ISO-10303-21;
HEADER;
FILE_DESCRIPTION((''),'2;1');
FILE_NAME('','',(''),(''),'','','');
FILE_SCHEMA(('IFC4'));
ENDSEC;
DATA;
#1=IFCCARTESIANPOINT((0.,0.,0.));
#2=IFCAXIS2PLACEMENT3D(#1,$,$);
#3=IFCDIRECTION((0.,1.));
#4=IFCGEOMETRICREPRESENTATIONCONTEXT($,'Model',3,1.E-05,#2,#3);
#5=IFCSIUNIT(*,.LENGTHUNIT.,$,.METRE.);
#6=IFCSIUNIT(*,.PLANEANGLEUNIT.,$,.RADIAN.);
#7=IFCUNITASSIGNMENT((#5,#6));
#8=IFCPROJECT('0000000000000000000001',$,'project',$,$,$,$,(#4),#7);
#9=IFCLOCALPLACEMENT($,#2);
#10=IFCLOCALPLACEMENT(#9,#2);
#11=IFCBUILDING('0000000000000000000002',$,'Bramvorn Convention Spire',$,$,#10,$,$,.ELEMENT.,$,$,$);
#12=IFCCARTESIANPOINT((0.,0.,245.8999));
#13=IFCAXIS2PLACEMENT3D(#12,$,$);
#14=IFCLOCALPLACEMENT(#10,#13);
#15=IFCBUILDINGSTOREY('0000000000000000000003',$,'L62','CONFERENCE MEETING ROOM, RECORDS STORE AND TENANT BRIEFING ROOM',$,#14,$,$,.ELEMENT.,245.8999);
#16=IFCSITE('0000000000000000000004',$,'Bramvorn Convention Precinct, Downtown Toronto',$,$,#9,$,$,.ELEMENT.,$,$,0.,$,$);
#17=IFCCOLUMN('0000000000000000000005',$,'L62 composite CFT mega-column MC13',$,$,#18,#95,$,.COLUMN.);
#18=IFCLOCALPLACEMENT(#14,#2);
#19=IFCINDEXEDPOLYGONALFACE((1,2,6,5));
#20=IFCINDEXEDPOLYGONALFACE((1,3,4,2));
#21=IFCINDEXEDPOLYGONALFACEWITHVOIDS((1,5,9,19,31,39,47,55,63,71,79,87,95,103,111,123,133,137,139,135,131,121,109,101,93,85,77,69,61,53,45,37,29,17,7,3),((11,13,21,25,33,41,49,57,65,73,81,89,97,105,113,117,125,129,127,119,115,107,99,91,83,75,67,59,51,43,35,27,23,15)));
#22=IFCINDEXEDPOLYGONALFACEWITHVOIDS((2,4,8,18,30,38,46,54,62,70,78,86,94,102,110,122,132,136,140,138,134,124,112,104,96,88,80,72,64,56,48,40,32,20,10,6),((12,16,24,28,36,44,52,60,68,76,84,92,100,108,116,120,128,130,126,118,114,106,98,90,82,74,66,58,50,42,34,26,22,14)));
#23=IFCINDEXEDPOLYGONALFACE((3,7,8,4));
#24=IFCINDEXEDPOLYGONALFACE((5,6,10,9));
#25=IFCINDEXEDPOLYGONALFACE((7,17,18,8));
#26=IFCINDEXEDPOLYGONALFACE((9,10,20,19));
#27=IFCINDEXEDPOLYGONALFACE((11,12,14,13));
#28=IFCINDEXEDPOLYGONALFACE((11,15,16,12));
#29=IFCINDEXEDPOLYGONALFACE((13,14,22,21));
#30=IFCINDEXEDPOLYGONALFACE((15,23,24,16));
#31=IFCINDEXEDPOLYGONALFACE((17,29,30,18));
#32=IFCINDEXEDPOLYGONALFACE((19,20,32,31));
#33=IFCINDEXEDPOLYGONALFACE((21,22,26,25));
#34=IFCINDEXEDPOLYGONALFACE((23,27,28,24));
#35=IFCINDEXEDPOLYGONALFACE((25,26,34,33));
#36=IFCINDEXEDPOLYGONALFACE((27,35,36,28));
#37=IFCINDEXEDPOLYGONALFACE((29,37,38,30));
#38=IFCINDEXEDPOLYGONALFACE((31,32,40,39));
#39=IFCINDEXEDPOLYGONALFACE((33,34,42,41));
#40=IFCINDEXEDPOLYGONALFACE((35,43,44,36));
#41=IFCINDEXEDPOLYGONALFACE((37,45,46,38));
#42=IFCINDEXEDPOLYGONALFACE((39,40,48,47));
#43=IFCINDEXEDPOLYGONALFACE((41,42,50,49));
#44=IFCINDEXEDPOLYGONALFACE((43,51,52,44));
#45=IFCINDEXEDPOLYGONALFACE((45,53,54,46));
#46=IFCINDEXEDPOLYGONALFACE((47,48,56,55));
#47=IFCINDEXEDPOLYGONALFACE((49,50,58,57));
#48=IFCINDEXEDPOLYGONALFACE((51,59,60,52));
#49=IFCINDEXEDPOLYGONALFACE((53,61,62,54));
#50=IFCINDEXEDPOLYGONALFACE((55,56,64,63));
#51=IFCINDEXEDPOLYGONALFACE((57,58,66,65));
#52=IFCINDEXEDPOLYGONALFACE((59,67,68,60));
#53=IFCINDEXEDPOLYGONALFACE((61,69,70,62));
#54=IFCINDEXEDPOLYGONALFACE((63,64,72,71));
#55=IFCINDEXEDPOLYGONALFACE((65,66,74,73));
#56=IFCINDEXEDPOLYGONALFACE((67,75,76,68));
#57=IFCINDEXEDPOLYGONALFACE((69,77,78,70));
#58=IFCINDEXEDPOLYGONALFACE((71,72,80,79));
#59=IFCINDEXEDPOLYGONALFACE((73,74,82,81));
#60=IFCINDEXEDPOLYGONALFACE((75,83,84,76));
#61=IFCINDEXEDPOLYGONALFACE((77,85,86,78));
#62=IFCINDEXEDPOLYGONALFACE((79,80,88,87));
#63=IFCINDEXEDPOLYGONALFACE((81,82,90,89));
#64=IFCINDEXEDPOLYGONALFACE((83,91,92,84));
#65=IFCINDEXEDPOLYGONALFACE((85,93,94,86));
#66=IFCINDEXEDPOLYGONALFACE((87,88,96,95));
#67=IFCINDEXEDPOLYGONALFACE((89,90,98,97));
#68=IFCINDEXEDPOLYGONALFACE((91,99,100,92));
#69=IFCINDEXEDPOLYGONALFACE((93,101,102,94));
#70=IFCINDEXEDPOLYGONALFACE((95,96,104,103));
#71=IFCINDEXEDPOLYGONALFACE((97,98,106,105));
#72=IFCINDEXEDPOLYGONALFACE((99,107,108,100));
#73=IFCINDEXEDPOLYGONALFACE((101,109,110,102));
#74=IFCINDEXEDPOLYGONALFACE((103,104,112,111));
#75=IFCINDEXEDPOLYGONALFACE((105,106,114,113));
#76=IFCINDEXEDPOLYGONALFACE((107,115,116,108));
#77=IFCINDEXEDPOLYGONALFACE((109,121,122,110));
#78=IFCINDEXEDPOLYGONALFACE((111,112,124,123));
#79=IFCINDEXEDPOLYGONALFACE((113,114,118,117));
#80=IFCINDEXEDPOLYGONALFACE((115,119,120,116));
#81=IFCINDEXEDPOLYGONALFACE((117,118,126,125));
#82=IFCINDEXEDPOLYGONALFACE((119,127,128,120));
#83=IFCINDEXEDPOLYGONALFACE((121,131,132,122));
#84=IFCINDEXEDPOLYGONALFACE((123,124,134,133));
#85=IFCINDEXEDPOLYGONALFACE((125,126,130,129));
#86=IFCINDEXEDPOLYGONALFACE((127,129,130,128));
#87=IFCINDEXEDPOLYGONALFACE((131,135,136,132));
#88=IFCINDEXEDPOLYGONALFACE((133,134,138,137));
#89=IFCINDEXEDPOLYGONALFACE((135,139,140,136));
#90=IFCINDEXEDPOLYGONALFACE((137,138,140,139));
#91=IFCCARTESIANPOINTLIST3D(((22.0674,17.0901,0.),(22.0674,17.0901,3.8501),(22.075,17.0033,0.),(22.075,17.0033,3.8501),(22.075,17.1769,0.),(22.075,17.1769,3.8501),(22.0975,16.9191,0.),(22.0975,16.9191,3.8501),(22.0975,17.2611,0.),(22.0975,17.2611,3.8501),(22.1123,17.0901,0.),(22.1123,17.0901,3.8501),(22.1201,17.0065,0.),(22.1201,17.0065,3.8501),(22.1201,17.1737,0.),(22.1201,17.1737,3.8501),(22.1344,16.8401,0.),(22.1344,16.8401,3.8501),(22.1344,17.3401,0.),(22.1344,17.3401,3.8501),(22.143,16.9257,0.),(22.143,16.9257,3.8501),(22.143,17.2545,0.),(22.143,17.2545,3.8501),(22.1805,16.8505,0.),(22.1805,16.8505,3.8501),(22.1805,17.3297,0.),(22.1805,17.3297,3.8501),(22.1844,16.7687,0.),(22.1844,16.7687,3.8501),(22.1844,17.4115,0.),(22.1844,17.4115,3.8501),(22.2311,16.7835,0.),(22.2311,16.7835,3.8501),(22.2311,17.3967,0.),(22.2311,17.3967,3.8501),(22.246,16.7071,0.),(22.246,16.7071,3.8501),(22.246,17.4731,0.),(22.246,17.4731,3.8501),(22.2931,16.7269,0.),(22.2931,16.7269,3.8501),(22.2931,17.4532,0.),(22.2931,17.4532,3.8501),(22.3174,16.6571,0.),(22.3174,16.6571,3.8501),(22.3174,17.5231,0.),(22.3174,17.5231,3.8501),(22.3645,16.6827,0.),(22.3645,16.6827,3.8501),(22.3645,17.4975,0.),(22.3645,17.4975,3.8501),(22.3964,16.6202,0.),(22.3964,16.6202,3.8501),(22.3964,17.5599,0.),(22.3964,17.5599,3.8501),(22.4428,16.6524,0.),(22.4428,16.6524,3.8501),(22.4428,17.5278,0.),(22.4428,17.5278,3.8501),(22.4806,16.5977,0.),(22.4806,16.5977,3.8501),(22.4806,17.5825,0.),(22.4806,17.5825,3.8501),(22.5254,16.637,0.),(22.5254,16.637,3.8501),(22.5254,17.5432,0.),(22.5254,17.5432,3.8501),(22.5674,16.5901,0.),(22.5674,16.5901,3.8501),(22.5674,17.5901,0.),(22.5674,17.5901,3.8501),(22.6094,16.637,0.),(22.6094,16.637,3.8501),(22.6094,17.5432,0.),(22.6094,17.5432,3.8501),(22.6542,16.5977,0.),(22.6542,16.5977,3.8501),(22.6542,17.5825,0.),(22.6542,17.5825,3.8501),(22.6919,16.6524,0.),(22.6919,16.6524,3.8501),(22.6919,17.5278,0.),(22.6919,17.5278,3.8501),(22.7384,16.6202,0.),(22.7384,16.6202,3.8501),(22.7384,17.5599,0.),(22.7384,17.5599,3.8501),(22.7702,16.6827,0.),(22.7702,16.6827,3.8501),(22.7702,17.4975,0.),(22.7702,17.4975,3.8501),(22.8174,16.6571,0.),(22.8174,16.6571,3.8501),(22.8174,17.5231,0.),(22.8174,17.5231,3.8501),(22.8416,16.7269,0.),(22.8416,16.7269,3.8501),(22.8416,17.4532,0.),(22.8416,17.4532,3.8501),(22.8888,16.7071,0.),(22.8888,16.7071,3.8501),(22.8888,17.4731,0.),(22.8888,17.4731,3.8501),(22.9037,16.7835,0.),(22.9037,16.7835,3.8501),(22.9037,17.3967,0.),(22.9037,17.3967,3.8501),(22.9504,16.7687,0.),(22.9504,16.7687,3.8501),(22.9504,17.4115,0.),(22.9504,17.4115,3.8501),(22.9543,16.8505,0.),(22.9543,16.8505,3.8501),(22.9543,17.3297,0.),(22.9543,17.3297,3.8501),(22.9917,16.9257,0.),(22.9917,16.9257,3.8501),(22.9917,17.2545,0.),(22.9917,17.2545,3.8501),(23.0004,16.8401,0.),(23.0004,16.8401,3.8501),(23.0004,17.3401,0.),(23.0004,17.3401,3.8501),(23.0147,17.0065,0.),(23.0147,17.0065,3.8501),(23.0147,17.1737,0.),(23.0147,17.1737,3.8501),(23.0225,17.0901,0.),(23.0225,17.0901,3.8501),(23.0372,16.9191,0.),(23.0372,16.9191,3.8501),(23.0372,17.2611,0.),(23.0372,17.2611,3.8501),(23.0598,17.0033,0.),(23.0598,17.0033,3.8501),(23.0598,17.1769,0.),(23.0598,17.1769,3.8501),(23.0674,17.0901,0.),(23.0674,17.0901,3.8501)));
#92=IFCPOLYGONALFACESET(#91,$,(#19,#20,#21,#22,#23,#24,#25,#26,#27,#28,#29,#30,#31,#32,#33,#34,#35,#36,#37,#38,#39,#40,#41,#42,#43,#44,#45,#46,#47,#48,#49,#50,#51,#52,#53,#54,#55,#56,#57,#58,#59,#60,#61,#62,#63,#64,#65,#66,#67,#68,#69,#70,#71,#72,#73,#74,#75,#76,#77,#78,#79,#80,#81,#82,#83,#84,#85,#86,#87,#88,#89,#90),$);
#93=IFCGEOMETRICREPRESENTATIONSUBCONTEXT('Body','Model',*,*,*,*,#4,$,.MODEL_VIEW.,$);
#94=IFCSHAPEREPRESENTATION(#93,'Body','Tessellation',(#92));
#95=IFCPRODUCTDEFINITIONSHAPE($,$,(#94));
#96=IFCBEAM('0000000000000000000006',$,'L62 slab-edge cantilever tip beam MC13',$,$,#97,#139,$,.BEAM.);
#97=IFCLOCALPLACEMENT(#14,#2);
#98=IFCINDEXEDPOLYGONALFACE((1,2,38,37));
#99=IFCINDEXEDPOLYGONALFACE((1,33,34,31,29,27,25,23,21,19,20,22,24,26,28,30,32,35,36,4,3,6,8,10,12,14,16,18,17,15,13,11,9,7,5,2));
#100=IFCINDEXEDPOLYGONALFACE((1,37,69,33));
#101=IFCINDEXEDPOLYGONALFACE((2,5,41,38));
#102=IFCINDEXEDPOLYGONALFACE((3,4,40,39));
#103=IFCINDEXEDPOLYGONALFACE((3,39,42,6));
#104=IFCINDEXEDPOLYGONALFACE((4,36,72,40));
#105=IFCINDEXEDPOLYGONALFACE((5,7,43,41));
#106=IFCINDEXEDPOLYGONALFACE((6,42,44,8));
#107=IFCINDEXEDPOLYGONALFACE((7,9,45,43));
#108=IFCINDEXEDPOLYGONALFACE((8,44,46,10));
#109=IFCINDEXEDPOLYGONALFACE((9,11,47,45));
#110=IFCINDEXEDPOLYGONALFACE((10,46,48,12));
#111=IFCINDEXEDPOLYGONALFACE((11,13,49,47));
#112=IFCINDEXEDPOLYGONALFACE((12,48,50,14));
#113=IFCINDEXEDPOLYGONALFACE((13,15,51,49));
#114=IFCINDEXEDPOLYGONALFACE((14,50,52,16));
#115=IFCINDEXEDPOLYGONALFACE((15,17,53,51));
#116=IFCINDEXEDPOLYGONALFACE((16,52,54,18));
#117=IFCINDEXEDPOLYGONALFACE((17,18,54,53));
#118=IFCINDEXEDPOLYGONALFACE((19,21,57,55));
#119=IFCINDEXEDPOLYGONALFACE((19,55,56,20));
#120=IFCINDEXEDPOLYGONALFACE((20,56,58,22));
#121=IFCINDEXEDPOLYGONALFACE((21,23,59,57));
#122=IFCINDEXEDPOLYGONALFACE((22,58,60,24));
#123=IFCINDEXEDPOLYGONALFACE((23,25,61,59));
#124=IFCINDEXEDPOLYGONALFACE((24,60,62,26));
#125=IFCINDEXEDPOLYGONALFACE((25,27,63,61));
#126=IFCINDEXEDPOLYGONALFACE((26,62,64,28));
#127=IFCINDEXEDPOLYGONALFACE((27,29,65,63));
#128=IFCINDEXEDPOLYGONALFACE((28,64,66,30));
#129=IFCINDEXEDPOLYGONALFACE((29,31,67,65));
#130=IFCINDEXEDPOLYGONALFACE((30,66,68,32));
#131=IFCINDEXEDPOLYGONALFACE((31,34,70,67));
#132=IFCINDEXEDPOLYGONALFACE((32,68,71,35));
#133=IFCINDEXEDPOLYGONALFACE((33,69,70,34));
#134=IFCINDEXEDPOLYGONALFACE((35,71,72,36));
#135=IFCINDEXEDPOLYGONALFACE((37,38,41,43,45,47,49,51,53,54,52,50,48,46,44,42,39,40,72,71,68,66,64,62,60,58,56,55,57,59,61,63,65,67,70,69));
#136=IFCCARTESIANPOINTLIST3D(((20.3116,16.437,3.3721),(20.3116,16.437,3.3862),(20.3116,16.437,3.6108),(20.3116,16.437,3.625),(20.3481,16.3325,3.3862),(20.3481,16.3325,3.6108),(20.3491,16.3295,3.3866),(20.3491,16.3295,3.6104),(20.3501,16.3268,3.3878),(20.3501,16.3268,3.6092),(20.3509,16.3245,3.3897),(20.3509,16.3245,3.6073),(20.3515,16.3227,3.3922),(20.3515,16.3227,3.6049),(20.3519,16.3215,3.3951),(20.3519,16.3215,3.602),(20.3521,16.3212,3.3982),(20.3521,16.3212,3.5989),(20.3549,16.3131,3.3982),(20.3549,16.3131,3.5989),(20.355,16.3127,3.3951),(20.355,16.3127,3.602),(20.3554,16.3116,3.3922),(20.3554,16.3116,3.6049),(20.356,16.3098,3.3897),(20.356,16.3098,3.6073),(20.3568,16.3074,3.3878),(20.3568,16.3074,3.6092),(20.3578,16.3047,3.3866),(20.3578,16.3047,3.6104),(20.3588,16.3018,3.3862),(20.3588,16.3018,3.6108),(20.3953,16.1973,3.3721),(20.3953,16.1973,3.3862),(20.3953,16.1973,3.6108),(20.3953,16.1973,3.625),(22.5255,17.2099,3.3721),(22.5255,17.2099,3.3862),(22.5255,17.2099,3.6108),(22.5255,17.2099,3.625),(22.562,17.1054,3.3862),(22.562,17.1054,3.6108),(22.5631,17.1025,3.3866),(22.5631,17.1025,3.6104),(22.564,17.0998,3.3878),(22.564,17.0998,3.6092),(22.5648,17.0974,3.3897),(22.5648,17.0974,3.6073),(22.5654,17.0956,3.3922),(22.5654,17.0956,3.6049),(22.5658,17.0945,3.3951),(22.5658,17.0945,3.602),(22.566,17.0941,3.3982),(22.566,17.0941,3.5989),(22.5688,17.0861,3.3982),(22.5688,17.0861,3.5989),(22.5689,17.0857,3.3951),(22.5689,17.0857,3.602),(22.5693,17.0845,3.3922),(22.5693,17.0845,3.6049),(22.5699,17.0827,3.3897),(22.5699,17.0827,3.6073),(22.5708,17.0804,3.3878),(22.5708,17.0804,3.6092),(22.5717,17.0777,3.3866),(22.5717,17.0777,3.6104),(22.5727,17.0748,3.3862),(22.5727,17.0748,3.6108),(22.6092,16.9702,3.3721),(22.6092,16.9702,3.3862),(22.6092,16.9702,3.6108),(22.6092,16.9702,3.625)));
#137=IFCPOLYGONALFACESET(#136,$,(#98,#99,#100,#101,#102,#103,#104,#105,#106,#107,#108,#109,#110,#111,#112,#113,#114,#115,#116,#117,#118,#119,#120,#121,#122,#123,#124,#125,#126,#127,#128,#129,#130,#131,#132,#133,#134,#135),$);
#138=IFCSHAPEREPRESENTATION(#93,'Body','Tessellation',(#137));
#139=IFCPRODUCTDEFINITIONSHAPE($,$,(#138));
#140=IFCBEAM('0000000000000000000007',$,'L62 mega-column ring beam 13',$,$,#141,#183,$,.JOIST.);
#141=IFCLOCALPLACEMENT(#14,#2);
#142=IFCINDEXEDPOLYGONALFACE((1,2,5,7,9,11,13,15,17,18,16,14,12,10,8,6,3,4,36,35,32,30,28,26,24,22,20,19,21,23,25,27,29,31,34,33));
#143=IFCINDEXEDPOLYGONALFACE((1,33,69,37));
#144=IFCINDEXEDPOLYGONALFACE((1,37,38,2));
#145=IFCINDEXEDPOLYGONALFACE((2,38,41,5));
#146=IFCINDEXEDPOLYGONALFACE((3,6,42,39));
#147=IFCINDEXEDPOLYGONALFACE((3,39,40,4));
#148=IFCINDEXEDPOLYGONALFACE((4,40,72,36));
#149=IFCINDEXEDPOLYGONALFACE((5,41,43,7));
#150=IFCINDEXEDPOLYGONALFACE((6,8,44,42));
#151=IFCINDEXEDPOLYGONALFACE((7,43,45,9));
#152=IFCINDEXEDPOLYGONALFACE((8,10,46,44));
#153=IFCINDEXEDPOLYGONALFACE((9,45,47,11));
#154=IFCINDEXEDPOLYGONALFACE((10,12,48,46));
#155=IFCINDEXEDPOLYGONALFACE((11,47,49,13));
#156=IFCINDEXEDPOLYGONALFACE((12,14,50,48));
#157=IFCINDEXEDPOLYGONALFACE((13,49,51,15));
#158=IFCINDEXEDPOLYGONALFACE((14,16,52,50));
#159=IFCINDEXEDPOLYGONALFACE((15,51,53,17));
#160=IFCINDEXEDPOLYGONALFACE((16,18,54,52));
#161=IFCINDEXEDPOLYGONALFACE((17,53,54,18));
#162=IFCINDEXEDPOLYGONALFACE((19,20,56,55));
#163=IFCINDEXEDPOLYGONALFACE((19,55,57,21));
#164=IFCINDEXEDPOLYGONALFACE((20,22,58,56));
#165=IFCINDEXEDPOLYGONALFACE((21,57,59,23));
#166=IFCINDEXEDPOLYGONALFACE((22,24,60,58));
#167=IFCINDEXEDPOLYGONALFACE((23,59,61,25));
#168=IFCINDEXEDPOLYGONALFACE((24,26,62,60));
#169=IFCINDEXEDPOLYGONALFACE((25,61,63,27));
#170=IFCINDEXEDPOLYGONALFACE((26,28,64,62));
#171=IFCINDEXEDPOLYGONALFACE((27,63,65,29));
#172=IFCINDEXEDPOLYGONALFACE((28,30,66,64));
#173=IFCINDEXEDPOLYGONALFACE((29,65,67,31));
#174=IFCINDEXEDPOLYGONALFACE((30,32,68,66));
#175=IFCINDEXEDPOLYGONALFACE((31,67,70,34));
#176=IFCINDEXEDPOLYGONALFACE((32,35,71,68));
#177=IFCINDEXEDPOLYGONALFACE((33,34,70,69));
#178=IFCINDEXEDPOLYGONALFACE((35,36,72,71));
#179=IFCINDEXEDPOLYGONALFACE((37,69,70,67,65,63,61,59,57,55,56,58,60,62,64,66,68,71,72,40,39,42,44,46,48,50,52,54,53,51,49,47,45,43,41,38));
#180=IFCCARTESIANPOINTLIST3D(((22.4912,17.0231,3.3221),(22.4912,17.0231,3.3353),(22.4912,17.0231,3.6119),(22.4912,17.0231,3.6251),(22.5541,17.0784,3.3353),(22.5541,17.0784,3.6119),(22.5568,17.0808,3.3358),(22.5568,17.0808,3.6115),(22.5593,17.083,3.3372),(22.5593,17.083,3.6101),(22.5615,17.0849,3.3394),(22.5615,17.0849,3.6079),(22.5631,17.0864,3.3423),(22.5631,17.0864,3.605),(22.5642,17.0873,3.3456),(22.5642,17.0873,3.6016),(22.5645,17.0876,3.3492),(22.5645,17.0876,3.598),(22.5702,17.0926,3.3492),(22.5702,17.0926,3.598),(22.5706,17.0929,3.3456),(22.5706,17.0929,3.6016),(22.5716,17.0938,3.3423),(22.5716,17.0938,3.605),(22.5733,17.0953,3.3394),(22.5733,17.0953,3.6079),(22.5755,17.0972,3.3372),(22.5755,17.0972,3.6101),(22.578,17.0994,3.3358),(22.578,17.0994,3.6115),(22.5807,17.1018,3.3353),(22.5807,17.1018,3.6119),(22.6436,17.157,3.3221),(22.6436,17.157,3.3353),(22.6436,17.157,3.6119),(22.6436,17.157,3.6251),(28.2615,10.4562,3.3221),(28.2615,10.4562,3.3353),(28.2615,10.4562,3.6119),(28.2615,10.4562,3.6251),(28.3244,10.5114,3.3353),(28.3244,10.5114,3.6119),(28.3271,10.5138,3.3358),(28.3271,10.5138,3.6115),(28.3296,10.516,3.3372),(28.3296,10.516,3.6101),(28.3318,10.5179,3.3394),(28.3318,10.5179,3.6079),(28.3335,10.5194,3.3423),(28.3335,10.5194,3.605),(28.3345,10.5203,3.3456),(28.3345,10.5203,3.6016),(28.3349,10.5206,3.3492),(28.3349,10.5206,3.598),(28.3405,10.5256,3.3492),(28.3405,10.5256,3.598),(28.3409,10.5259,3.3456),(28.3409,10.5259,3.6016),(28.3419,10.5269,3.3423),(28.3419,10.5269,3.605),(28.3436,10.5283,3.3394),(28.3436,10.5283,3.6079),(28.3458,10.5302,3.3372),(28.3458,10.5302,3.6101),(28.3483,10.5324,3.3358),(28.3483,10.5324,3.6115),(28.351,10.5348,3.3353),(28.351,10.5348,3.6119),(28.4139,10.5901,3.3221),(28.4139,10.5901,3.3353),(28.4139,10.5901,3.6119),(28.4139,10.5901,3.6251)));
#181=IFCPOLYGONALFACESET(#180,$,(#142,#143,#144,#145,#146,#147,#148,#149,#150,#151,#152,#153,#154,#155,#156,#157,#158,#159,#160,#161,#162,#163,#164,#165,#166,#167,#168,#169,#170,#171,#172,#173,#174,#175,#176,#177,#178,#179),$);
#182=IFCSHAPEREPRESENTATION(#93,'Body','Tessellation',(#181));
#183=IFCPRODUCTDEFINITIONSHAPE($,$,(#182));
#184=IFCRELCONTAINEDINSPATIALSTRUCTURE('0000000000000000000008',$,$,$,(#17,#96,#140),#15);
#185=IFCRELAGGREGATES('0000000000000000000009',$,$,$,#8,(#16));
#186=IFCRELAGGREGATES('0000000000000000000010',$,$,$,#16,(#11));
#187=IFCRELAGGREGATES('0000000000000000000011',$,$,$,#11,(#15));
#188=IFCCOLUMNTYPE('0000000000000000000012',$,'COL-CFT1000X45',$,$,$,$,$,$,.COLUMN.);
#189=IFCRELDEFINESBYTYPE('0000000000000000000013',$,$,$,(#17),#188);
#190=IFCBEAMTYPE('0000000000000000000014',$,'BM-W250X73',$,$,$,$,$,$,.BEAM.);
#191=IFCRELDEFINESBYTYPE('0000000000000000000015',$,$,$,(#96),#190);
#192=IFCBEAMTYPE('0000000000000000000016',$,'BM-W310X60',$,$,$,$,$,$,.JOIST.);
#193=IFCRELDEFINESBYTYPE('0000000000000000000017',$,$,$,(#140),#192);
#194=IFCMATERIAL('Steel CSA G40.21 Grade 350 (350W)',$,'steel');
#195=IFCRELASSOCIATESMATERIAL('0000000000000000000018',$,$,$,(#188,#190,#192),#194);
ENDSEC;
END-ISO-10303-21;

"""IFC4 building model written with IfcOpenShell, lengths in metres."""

from ifc_helpers import new_model, si_unit, direction, frame, origin, origin_2d, place, context, subcontext, project, spatial, hollow_circle, i_section, extrude, material, material_profile, profile_set, type_object, element, save


model = new_model("IFC4")

# Units and contexts
model_context = context("Model", 3, precision=1e-05, world=origin(), true_north=direction((0.0, 1.0)))
body_context = subcontext(model_context, "Body", "Model", "MODEL_VIEW")
ifc_project = project(units=[si_unit("LENGTHUNIT", "METRE"), si_unit("PLANEANGLEUNIT", "RADIAN")], contexts=[model_context])

# Site, building, storey
site_placement = place(None, origin())
site = spatial("IfcSite", under=ifc_project, at=site_placement, Name="Bramvorn Convention Precinct, Downtown Toronto", CompositionType="ELEMENT", RefElevation=0.0)
building_placement = place(site_placement, origin())
building = spatial("IfcBuilding", under=site, at=building_placement, Name="Bramvorn Convention Spire", CompositionType="ELEMENT")
storey_placement = place(building_placement, frame((0.0, 0.0, 245.8999)))
storey = spatial("IfcBuildingStorey", under=building, at=storey_placement, Name="L62", Description="CONFERENCE MEETING ROOM, RECORDS STORE AND TENANT BRIEFING ROOM", CompositionType="ELEMENT", Elevation=245.8999)

# Column
ifc_material_1 = material(Name="Steel CSA G40.21 Grade 350 (350W)", Category="steel")
ifc_material_profile_1 = material_profile(ifc_material_1, hollow_circle(Radius=0.5, WallThickness=0.0449, at=origin_2d()))
ifc_profile_set_1 = profile_set([ifc_material_profile_1], Name="Steel CSA G40.21 Grade 350 (350W) - CFT1000X45")
column_type = type_object("IfcColumnType", Name="COL-CFT1000X45", PredefinedType="COLUMN", material=ifc_profile_set_1)
column_placement = place(storey_placement, frame((22.5674, 17.0901, 0.0), z_axis=(0.0, 0.0, 1.0), x_axis=(1.0, 0.0, 0.0)))
element("IfcColumn", 1, at=column_placement, inside=storey, type_object=column_type, Name="L62 composite CFT mega-column MC13", PredefinedType="COLUMN", context=body_context, shape_type="SweptSolid", body=[
    extrude(hollow_circle(Radius=0.5, WallThickness=0.0449, at=origin_2d()), origin(), (0.0, 0.0, 1.0), 3.8501),
])

# Beams
ifc_material_profile_2 = material_profile(ifc_material_1, i_section(OverallWidth=0.2539, OverallDepth=0.2529, WebThickness=0.0085, FlangeThickness=0.0142, FilletRadius=0.012, at=origin_2d()))
ifc_profile_set_2 = profile_set([ifc_material_profile_2], Name="Steel CSA G40.21 Grade 350 (350W) - W250X73")
beam_type_1 = type_object("IfcBeamType", Name="BM-W250X73", PredefinedType="BEAM", material=ifc_profile_set_2)
beam_1_placement = place(storey_placement, frame((22.5674, 17.0901, 3.4985), z_axis=(-0.944111, -0.329627, 0.0), x_axis=(0.329627, -0.944111, 0.0)))
element("IfcBeam", 2, at=beam_1_placement, inside=storey, type_object=beam_type_1, Name="L62 slab-edge cantilever tip beam MC13", PredefinedType="BEAM", context=body_context, shape_type="SweptSolid", body=[
    extrude(i_section(OverallWidth=0.2539, OverallDepth=0.2529, WebThickness=0.0085, FlangeThickness=0.0142, FilletRadius=0.012, at=origin_2d()), origin(), (0.0, 0.0, 1.0), 2.345),
])
ifc_material_profile_3 = material_profile(ifc_material_1, i_section(OverallWidth=0.2029, OverallDepth=0.303, WebThickness=0.0076, FlangeThickness=0.0132, FilletRadius=0.0139, at=origin_2d()))
ifc_profile_set_3 = profile_set([ifc_material_profile_3], Name="Steel CSA G40.21 Grade 350 (350W) - W310X60")
beam_type_2 = type_object("IfcBeamType", Name="BM-W310X60", PredefinedType="JOIST", material=ifc_profile_set_3)
beam_2_placement = place(storey_placement, frame((22.5674, 17.0901, 3.4736), z_axis=(0.660073, -0.751201, 0.0), x_axis=(0.751201, 0.660073, 0.0)))
element("IfcBeam", 3, at=beam_2_placement, inside=storey, type_object=beam_type_2, Name="L62 mega-column ring beam 13", PredefinedType="JOIST", context=body_context, shape_type="SweptSolid", body=[
    extrude(i_section(OverallWidth=0.2029, OverallDepth=0.303, WebThickness=0.0076, FlangeThickness=0.0132, FilletRadius=0.0139, at=origin_2d()), origin(), (0.0, 0.0, 1.0), 8.7419),
])

save(model, "model.ifc")
